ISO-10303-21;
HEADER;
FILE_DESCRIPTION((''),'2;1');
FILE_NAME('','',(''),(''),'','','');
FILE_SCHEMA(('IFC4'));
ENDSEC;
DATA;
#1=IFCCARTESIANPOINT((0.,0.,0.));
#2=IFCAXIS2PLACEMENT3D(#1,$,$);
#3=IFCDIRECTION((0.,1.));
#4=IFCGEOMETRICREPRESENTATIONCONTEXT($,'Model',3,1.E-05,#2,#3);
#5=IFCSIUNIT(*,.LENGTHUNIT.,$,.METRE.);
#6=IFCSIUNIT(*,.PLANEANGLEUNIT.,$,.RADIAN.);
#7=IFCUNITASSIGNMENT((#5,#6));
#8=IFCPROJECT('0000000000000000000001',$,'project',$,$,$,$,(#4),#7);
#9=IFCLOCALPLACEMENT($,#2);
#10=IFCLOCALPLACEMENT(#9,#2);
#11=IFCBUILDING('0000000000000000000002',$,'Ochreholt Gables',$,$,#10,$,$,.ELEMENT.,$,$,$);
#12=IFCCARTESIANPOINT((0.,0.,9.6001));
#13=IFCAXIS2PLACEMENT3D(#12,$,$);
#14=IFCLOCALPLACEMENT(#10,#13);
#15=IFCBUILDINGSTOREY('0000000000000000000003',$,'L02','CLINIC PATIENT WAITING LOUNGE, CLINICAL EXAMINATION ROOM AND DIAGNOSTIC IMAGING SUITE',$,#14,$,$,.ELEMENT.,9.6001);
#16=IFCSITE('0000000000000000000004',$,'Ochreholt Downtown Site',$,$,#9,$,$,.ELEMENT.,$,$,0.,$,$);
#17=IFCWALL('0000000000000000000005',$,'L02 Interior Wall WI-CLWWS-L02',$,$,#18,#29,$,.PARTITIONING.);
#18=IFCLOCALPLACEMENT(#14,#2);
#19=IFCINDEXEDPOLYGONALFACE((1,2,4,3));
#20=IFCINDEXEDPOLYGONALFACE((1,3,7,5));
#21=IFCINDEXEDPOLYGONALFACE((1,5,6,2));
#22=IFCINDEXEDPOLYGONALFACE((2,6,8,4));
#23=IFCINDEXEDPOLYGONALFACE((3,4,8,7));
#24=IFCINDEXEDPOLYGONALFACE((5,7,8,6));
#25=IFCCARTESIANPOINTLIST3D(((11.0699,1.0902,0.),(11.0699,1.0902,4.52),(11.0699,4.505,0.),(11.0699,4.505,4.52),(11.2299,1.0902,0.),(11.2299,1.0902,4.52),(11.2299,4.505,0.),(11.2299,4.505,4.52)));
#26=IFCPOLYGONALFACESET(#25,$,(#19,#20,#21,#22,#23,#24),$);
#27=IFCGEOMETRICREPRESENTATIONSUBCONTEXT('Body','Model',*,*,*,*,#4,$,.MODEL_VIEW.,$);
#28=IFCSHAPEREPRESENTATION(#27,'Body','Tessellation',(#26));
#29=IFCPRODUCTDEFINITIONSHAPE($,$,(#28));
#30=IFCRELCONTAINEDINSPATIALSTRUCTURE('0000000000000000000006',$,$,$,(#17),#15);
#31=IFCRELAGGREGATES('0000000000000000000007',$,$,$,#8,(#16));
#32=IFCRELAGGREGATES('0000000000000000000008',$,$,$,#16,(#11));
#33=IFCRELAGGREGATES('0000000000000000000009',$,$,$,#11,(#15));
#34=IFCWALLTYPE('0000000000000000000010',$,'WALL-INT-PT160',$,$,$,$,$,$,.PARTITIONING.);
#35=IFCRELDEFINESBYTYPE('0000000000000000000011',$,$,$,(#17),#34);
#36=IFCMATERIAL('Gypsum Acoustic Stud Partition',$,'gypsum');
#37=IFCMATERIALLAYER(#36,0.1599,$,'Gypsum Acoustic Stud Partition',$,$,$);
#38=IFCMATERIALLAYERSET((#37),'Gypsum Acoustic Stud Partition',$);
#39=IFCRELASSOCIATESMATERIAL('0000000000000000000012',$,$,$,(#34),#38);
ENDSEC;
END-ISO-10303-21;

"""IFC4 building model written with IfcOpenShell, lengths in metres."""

from ifc_helpers import new_model, si_unit, direction, frame, frame_2d, origin, place, context, subcontext, project, spatial, rectangle, extrude, material, layer, layer_set, type_object, element, save


model = new_model("IFC4")

# Units and contexts
model_context = context("Model", 3, precision=1e-05, world=origin(), true_north=direction((0.0, 1.0)))
body_context = subcontext(model_context, "Body", "Model", "MODEL_VIEW")
ifc_project = project(units=[si_unit("LENGTHUNIT", "METRE"), si_unit("PLANEANGLEUNIT", "RADIAN")], contexts=[model_context])

# Site, building, storey
site_placement = place(None, origin())
site = spatial("IfcSite", under=ifc_project, at=site_placement, Name="Ochreholt Downtown Site", CompositionType="ELEMENT", RefElevation=0.0)
building_placement = place(site_placement, origin())
building = spatial("IfcBuilding", under=site, at=building_placement, Name="Ochreholt Gables", CompositionType="ELEMENT")
storey_placement = place(building_placement, frame((0.0, 0.0, 9.6001)))
storey = spatial("IfcBuildingStorey", under=building, at=storey_placement, Name="L02", Description="CLINIC PATIENT WAITING LOUNGE, CLINICAL EXAMINATION ROOM AND DIAGNOSTIC IMAGING SUITE", CompositionType="ELEMENT", Elevation=9.6001)

# Wall
ifc_material_1 = material(Name="Gypsum Acoustic Stud Partition", Category="gypsum")
ifc_layer_1 = layer(ifc_material_1, 0.1599, Name="Gypsum Acoustic Stud Partition")
ifc_layer_set_1 = layer_set([ifc_layer_1], Name="Gypsum Acoustic Stud Partition")
wall_type_1 = type_object("IfcWallType", Name="WALL-INT-PT160", PredefinedType="PARTITIONING", material=ifc_layer_set_1)
wall_1_placement = place(storey_placement, frame((11.1499, 1.0901, 0.0), z_axis=(0.0, 0.0, 1.0), x_axis=(0.0, 1.0, 0.0)))
element("IfcWall", 1, at=wall_1_placement, inside=storey, type_object=wall_type_1, Name="L02 Interior Wall WI-CLWWS-L02", PredefinedType="PARTITIONING", context=body_context, shape_type="SweptSolid", body=[
    extrude(rectangle(XDim=3.4148, YDim=0.1599, at=frame_2d((1.7075, 0.0))), origin(), (0.0, 0.0, 1.0), 4.52),
])

save(model, "model.ifc")
